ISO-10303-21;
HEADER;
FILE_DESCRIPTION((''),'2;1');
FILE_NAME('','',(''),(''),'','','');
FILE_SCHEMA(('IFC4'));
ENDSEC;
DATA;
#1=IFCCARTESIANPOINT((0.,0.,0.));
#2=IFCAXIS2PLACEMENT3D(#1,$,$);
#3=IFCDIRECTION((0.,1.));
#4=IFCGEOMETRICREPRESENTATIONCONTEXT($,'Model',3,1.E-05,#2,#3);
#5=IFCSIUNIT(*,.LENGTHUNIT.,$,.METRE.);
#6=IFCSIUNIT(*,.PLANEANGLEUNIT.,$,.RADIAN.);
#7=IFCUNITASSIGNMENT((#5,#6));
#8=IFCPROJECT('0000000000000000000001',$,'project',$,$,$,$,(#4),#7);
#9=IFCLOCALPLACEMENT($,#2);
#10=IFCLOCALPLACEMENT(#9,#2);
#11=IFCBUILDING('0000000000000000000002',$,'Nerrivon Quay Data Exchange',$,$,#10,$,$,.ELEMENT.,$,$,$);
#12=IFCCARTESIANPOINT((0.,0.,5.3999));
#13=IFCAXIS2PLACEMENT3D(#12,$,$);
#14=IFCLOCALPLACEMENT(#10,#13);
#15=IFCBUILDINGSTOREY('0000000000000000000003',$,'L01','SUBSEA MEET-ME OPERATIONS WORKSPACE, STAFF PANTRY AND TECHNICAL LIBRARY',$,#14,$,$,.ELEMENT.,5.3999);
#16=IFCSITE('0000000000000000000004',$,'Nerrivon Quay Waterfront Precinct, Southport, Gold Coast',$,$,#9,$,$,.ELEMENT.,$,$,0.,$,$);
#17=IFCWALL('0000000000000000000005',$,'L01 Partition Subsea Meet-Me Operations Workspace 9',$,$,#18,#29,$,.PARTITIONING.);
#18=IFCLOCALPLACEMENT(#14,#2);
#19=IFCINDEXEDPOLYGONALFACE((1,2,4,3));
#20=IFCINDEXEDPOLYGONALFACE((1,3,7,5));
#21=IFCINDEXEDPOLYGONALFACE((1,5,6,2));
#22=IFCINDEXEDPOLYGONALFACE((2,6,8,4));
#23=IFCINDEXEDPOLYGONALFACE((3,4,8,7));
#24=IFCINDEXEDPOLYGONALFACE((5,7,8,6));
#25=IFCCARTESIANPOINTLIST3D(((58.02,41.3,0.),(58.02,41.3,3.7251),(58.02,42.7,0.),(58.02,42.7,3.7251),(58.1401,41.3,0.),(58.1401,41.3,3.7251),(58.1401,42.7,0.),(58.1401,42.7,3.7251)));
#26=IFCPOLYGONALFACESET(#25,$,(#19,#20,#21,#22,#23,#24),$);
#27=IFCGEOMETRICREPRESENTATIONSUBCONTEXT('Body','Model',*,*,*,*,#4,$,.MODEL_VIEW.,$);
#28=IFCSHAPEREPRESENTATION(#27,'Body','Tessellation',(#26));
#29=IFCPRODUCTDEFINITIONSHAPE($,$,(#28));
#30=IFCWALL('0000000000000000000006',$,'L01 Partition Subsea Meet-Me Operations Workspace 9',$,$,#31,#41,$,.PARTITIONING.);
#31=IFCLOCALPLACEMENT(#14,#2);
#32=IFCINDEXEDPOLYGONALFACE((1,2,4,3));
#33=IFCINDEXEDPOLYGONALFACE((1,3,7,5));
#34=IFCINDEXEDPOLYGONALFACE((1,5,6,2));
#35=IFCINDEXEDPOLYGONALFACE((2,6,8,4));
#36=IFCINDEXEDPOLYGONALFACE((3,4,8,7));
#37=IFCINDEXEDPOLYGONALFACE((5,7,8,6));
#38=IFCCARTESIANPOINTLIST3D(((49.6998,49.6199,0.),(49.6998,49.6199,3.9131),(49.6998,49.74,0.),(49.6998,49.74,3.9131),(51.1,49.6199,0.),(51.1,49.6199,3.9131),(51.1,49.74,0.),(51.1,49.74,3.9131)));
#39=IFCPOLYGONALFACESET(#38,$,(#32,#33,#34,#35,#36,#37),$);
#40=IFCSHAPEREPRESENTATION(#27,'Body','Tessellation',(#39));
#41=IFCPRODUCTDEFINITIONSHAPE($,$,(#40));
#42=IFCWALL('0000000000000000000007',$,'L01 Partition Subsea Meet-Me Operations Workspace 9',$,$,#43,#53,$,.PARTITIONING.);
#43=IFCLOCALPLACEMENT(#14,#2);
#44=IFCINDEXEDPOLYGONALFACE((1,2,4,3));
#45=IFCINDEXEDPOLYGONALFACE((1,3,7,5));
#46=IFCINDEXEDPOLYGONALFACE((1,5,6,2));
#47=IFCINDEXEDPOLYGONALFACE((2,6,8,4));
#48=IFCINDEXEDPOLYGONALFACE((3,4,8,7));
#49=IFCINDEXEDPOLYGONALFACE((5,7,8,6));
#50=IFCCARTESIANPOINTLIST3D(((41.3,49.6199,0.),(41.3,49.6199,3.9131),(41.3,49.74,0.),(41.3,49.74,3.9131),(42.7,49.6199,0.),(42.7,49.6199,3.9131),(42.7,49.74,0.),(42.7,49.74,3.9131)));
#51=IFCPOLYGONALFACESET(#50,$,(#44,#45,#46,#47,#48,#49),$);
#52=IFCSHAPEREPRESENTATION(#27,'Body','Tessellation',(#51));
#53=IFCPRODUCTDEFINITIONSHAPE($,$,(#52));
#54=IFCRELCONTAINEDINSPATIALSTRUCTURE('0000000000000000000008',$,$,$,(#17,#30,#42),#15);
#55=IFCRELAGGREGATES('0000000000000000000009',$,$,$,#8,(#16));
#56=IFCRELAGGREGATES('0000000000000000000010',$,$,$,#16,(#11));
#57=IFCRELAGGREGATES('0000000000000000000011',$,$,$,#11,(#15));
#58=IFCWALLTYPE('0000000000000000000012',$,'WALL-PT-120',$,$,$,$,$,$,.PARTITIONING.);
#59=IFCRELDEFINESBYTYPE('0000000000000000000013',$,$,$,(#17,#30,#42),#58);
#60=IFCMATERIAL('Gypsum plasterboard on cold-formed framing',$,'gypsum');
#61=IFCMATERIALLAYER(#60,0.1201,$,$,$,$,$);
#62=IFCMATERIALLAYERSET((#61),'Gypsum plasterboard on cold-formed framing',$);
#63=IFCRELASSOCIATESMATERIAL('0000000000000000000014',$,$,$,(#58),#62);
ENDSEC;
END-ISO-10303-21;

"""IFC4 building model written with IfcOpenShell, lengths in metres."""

from ifc_helpers import new_model, si_unit, direction, frame, frame_2d, origin, place, context, subcontext, project, spatial, rectangle, extrude, material, layer, layer_set, type_object, element, save


model = new_model("IFC4")

# Units and contexts
model_context = context("Model", 3, precision=1e-05, world=origin(), true_north=direction((0.0, 1.0)))
body_context = subcontext(model_context, "Body", "Model", "MODEL_VIEW")
ifc_project = project(units=[si_unit("LENGTHUNIT", "METRE"), si_unit("PLANEANGLEUNIT", "RADIAN")], contexts=[model_context])

# Site, building, storey
site_placement = place(None, origin())
site = spatial("IfcSite", under=ifc_project, at=site_placement, Name="Nerrivon Quay Waterfront Precinct, Southport, Gold Coast", CompositionType="ELEMENT", RefElevation=0.0)
building_placement = place(site_placement, origin())
building = spatial("IfcBuilding", under=site, at=building_placement, Name="Nerrivon Quay Data Exchange", CompositionType="ELEMENT")
storey_placement = place(building_placement, frame((0.0, 0.0, 5.3999)))
storey = spatial("IfcBuildingStorey", under=building, at=storey_placement, Name="L01", Description="SUBSEA MEET-ME OPERATIONS WORKSPACE, STAFF PANTRY AND TECHNICAL LIBRARY", CompositionType="ELEMENT", Elevation=5.3999)

# Walls
ifc_material_1 = material(Name="Gypsum plasterboard on cold-formed framing", Category="gypsum")
ifc_layer_1 = layer(ifc_material_1, 0.1201)
ifc_layer_set_1 = layer_set([ifc_layer_1], Name="Gypsum plasterboard on cold-formed framing")
wall_type = type_object("IfcWallType", Name="WALL-PT-120", PredefinedType="PARTITIONING", material=ifc_layer_set_1)
wall_1_placement = place(storey_placement, frame((58.0801, 41.3, 0.0), z_axis=(0.0, 0.0, 1.0), x_axis=(0.0, 1.0, 0.0)))
element("IfcWall", 1, at=wall_1_placement, inside=storey, type_object=wall_type, Name="L01 Partition Subsea Meet-Me Operations Workspace 9", PredefinedType="PARTITIONING", context=body_context, shape_type="SweptSolid", body=[
    extrude(rectangle(XDim=1.3999, YDim=0.1201, at=frame_2d((0.7, 0.0))), origin(), (0.0, 0.0, 1.0), 3.7251),
])
wall_2_placement = place(storey_placement, frame((51.1001, 49.6799, 0.0), z_axis=(0.0, 0.0, 1.0), x_axis=(-1.0, 0.0, 0.0)))
element("IfcWall", 2, at=wall_2_placement, inside=storey, type_object=wall_type, Name="L01 Partition Subsea Meet-Me Operations Workspace 9", PredefinedType="PARTITIONING", context=body_context, shape_type="SweptSolid", body=[
    extrude(rectangle(XDim=1.4001, YDim=0.1201, at=frame_2d((0.7002, 0.0))), origin(), (0.0, 0.0, 1.0), 3.9131),
])
wall_3_placement = place(storey_placement, frame((42.7, 49.6799, 0.0), z_axis=(0.0, 0.0, 1.0), x_axis=(-1.0, 0.0, 0.0)))
element("IfcWall", 3, at=wall_3_placement, inside=storey, type_object=wall_type, Name="L01 Partition Subsea Meet-Me Operations Workspace 9", PredefinedType="PARTITIONING", context=body_context, shape_type="SweptSolid", body=[
    extrude(rectangle(XDim=1.3999, YDim=0.1201, at=frame_2d((0.7, 0.0))), origin(), (0.0, 0.0, 1.0), 3.9131),
])

save(model, "model.ifc")
